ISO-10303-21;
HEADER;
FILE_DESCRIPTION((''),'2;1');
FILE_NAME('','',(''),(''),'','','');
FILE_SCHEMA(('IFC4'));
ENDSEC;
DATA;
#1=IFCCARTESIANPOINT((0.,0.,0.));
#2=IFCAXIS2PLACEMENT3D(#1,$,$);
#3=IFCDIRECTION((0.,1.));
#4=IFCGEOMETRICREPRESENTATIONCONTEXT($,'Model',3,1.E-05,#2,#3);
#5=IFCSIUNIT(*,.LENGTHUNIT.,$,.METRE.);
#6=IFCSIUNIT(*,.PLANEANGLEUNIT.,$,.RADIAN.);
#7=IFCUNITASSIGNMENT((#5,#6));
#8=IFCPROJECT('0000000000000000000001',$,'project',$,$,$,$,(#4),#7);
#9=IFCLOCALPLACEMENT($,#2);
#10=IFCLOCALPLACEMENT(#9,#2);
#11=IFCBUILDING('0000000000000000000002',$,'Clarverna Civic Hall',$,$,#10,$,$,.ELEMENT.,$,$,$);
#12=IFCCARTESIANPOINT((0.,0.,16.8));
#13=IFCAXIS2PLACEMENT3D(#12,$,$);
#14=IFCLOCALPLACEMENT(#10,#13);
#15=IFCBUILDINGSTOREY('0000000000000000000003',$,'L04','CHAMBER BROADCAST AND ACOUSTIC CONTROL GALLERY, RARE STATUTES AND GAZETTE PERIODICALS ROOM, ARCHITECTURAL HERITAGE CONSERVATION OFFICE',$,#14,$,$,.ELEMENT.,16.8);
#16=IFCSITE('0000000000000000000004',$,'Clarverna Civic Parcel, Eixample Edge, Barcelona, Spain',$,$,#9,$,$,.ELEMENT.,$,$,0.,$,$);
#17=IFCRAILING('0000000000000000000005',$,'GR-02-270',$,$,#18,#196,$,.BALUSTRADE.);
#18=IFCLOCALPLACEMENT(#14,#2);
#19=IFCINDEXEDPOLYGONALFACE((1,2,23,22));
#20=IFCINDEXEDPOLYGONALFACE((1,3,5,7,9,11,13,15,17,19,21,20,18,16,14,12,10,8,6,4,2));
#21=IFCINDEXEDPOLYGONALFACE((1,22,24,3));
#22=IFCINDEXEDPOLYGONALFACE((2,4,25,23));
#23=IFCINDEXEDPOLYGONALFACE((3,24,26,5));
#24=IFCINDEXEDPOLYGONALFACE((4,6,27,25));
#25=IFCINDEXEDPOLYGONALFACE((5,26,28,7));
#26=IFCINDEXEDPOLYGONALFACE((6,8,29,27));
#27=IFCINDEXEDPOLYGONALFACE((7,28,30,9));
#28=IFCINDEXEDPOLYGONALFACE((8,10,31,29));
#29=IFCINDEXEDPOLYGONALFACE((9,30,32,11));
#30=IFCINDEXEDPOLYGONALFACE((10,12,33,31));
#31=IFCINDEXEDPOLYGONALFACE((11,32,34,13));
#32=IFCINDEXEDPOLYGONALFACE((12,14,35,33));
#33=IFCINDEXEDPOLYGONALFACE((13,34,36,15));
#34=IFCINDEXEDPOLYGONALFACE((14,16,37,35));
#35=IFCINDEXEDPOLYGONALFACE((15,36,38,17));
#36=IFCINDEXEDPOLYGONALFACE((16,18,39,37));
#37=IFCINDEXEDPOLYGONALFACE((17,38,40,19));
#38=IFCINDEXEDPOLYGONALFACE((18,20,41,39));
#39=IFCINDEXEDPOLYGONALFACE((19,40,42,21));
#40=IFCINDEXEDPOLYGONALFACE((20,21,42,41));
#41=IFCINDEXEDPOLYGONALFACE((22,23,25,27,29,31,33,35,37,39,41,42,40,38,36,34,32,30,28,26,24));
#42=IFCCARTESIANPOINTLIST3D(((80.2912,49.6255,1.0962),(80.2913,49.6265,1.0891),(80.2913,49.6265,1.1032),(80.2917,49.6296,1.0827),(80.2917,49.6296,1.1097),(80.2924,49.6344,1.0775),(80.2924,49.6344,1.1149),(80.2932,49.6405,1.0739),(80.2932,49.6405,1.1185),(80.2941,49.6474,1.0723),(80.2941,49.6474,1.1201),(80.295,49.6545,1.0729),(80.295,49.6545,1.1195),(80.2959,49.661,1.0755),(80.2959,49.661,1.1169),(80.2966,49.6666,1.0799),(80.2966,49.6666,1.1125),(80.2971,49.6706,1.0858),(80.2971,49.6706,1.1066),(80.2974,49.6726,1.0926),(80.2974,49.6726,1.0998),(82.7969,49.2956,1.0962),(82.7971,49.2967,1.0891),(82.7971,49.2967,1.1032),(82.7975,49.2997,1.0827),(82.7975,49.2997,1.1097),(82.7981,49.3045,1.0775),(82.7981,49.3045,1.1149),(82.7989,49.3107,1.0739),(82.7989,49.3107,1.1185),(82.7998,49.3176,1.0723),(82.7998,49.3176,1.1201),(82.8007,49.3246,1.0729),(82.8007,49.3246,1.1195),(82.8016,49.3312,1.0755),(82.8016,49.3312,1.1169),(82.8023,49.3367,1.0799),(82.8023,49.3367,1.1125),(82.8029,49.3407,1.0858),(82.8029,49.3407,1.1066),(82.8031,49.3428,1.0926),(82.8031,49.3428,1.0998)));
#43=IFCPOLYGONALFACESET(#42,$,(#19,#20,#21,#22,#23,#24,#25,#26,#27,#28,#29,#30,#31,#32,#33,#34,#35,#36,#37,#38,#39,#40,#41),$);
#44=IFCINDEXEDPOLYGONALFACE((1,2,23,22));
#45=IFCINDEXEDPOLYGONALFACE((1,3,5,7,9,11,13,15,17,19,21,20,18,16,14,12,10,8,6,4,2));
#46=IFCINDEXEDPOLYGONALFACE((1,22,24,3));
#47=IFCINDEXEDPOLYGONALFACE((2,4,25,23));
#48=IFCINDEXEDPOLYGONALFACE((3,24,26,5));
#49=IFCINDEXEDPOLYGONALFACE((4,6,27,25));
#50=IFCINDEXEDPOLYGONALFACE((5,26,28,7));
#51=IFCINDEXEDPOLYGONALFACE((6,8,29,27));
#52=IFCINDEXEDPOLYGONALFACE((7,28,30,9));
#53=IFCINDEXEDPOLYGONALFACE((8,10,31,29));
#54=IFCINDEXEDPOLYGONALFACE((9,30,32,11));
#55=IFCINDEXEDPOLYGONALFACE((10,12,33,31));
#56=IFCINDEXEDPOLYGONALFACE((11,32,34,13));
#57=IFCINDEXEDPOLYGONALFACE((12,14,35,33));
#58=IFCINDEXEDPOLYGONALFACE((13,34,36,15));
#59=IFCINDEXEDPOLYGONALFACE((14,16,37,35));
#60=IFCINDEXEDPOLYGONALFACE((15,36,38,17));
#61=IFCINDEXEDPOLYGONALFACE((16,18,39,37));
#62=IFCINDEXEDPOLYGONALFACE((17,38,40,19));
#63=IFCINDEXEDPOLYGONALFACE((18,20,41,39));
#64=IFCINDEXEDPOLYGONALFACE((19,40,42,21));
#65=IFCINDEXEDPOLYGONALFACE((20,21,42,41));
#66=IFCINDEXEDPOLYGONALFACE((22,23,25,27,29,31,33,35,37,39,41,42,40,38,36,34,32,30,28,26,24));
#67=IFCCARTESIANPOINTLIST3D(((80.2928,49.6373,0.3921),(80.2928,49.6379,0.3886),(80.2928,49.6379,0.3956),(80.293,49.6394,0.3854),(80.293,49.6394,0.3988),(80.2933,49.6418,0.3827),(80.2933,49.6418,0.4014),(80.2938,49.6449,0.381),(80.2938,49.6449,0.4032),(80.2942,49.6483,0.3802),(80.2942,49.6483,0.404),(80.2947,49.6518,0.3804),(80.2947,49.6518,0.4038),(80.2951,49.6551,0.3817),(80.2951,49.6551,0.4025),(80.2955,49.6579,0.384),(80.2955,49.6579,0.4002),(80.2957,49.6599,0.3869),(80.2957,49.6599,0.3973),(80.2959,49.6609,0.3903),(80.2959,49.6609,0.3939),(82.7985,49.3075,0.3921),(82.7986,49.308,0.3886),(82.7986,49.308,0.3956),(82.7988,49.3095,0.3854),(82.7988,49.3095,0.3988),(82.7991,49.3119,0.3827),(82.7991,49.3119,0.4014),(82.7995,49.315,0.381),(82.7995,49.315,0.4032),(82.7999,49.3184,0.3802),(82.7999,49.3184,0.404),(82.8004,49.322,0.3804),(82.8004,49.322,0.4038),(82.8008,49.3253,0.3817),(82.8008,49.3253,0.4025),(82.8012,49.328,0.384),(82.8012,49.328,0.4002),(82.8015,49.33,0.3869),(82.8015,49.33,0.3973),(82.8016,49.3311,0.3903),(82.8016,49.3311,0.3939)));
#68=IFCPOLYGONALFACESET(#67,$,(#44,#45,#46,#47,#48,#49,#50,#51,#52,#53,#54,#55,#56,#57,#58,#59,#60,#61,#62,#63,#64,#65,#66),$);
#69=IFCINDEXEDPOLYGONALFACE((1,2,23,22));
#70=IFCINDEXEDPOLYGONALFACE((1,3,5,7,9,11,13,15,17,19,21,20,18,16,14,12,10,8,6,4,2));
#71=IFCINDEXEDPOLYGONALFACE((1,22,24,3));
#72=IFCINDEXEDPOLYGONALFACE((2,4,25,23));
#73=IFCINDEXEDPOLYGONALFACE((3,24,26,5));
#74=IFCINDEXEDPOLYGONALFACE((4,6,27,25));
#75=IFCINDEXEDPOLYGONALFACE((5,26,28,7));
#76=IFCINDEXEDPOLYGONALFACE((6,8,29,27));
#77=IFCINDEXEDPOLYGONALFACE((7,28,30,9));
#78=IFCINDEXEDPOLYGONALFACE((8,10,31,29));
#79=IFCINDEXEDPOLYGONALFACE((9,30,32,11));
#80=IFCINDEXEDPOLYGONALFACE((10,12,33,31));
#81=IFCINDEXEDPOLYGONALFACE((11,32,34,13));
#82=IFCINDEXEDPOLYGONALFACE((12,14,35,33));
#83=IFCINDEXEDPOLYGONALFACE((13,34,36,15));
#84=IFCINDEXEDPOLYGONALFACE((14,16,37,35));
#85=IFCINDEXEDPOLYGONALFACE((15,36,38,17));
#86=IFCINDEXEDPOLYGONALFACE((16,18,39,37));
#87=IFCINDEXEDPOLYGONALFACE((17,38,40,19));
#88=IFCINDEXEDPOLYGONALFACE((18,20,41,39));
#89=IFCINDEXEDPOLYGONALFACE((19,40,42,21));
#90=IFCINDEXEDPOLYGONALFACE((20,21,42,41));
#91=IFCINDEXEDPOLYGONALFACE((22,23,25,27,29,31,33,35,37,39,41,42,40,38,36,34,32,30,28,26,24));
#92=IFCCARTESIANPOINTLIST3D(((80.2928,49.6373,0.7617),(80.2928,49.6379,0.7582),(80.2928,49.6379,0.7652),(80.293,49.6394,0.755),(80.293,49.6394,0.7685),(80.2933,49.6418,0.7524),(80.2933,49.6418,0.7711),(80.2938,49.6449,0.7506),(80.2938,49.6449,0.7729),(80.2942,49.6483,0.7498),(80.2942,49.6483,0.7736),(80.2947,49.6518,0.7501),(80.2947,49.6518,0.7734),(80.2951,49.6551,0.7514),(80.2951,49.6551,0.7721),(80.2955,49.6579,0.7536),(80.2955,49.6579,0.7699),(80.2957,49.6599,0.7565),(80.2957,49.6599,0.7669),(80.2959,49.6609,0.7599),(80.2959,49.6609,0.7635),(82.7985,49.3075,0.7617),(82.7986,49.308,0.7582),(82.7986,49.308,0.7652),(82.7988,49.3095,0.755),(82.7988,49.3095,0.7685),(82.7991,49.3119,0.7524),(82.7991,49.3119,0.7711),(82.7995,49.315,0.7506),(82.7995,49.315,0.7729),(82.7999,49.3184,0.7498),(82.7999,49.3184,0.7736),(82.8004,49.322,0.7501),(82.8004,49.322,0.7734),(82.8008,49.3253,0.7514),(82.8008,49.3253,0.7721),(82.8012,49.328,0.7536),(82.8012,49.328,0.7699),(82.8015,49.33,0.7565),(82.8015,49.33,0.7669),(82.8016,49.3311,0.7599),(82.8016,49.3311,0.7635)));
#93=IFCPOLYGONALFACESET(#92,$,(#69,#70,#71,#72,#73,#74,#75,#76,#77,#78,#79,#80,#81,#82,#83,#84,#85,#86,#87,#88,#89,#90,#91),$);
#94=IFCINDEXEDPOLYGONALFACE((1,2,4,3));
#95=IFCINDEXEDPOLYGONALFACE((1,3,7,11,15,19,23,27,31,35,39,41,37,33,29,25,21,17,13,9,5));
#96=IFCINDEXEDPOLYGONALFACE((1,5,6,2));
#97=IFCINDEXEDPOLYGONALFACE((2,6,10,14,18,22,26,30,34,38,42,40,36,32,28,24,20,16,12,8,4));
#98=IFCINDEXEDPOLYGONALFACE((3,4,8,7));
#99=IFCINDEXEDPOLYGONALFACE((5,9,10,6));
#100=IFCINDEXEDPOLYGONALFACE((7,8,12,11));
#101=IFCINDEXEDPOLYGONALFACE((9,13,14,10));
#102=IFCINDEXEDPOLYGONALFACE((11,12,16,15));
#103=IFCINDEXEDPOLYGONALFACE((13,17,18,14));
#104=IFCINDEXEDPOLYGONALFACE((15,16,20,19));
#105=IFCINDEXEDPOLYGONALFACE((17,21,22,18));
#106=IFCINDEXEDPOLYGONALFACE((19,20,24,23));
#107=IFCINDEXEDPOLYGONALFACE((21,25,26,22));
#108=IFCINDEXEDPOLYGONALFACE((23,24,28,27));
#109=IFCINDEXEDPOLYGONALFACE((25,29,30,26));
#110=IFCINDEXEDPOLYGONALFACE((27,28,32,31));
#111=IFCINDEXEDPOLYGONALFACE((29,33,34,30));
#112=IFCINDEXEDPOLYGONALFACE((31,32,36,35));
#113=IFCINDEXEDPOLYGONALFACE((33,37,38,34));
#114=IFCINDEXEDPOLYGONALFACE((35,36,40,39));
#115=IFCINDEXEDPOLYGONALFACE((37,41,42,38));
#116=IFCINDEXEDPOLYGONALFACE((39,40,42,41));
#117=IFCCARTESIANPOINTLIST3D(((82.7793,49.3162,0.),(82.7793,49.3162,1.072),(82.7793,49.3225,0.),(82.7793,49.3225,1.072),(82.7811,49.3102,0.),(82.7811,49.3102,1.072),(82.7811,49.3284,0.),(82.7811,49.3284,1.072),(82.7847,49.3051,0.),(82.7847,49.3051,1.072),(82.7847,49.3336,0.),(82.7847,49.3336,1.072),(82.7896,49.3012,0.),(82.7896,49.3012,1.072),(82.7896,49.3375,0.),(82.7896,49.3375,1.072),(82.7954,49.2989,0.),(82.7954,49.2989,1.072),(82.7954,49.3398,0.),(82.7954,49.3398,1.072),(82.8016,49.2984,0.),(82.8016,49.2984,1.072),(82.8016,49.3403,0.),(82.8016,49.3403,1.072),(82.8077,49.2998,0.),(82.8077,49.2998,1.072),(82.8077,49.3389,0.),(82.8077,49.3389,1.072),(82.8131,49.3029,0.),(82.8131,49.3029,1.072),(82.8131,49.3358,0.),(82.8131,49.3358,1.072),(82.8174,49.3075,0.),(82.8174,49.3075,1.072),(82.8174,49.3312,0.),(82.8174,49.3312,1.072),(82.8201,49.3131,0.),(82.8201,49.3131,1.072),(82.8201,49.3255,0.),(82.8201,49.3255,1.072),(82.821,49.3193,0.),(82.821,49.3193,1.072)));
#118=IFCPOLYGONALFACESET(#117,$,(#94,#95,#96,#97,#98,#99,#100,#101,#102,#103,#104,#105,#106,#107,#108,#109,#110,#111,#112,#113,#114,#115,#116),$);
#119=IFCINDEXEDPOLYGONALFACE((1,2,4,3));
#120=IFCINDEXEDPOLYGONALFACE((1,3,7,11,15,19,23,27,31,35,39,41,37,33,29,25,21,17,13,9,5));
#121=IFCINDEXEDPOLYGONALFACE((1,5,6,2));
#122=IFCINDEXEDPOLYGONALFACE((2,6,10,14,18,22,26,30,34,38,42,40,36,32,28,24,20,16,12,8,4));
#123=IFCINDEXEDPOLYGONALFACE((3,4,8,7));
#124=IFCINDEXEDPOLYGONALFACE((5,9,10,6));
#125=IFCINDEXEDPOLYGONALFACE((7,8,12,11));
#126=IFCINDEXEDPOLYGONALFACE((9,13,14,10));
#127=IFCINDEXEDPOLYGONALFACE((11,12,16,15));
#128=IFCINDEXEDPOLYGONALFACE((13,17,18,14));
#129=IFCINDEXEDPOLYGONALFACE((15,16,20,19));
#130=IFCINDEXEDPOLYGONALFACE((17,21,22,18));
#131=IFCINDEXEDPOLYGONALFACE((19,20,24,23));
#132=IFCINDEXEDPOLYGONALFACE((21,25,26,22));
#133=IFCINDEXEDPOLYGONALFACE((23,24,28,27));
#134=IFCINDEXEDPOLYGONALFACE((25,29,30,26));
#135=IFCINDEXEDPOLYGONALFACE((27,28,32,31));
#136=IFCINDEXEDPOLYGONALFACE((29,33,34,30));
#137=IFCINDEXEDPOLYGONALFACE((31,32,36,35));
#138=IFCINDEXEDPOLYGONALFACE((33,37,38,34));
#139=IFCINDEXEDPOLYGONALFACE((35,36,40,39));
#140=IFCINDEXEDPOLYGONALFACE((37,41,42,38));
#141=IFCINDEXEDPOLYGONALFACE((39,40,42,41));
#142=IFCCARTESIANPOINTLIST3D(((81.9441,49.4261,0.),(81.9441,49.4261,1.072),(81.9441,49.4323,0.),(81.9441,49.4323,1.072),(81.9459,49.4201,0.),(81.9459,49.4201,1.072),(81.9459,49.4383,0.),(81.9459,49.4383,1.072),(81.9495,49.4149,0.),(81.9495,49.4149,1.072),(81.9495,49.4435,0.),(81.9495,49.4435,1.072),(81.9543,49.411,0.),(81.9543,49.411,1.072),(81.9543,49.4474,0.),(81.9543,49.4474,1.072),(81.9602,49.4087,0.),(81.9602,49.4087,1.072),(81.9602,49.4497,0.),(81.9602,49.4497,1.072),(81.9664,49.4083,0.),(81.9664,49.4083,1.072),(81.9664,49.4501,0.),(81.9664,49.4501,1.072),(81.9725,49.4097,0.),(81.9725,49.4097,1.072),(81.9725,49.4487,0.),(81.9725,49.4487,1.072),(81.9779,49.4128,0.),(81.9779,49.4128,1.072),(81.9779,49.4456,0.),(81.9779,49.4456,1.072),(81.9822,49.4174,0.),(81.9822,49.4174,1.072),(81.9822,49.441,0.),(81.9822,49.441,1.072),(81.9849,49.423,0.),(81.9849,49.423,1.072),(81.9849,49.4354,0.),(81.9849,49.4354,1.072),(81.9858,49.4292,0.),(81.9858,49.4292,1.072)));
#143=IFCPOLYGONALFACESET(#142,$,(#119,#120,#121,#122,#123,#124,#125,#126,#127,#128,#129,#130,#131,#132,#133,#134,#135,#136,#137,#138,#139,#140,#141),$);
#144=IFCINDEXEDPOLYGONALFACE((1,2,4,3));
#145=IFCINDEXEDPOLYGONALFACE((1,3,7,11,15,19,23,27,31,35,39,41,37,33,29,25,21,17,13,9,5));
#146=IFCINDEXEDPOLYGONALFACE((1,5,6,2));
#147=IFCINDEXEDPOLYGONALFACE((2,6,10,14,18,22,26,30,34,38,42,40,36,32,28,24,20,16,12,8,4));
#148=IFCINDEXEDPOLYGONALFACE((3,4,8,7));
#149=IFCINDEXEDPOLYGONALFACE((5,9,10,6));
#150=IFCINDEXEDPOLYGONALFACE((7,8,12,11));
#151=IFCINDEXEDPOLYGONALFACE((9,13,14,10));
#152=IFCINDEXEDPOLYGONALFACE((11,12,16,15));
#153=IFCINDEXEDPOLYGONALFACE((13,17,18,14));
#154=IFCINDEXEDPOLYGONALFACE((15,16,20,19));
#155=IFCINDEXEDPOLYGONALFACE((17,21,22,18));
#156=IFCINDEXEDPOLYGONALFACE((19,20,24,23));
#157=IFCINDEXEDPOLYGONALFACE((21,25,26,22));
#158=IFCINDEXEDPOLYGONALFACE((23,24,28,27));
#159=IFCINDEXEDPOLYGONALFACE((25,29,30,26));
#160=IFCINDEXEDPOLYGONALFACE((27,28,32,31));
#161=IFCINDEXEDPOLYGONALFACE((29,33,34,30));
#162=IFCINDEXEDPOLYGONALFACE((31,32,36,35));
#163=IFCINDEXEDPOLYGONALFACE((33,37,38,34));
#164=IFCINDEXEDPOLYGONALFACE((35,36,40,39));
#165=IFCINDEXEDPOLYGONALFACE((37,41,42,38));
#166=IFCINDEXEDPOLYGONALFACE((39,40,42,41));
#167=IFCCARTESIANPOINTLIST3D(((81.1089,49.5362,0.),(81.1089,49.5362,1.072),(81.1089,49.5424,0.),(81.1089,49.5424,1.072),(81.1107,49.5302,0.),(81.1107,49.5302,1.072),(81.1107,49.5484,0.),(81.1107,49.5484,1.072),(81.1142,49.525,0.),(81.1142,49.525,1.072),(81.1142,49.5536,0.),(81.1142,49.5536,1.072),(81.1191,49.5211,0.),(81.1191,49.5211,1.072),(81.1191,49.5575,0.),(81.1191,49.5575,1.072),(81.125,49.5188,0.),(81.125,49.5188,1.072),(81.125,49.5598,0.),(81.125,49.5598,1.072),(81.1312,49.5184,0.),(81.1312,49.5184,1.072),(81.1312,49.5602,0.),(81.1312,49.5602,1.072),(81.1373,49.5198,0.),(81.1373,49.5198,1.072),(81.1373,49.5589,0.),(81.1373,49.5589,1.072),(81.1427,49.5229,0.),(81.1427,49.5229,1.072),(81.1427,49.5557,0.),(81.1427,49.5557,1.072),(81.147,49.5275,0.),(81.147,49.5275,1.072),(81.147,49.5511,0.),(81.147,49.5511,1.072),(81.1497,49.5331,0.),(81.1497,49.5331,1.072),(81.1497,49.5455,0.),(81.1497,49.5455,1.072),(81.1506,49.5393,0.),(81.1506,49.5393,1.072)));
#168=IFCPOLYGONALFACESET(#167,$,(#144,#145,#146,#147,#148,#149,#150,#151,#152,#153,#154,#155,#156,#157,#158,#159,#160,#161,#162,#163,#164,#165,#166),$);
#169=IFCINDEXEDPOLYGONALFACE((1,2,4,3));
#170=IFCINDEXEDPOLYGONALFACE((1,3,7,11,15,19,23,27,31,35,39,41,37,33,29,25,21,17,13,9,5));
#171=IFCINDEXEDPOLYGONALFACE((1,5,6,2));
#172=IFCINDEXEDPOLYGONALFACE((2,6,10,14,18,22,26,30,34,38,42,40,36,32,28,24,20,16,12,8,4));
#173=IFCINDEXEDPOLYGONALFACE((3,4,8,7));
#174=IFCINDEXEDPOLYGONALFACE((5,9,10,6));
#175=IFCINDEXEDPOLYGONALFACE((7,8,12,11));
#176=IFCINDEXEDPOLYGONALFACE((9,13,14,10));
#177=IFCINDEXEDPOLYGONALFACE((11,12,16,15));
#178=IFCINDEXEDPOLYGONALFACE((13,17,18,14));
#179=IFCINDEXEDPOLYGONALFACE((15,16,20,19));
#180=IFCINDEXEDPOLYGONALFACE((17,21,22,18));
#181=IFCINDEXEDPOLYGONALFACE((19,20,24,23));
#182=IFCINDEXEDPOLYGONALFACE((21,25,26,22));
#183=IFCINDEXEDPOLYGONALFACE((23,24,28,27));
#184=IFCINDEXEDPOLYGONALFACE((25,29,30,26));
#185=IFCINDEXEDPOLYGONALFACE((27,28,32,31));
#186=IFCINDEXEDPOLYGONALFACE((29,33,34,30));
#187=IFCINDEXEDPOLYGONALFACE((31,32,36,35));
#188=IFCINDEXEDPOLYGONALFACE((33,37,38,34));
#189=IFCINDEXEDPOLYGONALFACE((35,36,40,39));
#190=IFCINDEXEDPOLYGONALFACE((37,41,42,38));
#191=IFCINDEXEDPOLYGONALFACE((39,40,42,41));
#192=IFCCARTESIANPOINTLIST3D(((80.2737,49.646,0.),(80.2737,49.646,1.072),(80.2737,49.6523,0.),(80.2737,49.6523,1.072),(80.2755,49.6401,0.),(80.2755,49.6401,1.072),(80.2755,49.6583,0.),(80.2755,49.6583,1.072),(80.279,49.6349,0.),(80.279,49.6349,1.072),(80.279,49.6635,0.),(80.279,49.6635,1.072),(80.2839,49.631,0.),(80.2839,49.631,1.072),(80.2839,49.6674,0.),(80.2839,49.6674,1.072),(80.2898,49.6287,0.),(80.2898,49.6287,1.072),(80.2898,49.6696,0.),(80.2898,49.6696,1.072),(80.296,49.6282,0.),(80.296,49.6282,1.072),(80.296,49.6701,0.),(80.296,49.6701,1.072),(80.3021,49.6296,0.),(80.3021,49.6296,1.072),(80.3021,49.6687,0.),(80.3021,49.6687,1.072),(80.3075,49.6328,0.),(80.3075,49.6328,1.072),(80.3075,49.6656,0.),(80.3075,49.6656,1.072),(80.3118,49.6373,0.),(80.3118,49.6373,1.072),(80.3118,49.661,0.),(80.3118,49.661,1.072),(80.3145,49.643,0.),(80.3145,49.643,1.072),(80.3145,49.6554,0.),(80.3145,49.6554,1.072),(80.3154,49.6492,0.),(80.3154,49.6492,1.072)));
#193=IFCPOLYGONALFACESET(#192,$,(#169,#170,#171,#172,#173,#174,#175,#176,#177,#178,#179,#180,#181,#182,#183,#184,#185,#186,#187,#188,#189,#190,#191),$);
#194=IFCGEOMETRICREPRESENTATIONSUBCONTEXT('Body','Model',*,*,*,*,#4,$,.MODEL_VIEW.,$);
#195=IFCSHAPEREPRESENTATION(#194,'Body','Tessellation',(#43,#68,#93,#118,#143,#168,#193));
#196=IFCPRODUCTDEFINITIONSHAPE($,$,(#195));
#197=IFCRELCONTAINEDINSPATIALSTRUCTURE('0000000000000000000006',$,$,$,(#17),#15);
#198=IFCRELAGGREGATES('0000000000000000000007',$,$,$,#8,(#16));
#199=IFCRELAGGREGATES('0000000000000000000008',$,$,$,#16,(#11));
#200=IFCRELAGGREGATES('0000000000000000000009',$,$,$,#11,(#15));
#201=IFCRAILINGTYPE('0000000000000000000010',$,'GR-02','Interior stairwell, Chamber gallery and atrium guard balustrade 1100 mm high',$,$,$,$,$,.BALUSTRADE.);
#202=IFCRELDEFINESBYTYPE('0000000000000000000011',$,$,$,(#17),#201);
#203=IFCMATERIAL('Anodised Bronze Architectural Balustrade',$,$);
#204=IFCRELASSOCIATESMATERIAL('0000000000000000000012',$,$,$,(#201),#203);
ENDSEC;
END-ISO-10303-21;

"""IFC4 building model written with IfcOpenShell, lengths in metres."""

from ifc_helpers import new_model, si_unit, direction, frame, origin, origin_2d, place, context, subcontext, project, spatial, circle, extrude, material, type_object, element, save


model = new_model("IFC4")

# Units and contexts
model_context = context("Model", 3, precision=1e-05, world=origin(), true_north=direction((0.0, 1.0)))
body_context = subcontext(model_context, "Body", "Model", "MODEL_VIEW")
ifc_project = project(units=[si_unit("LENGTHUNIT", "METRE"), si_unit("PLANEANGLEUNIT", "RADIAN")], contexts=[model_context])

# Site, building, storey
site_placement = place(None, origin())
site = spatial("IfcSite", under=ifc_project, at=site_placement, Name="Clarverna Civic Parcel, Eixample Edge, Barcelona, Spain", CompositionType="ELEMENT", RefElevation=0.0)
building_placement = place(site_placement, origin())
building = spatial("IfcBuilding", under=site, at=building_placement, Name="Clarverna Civic Hall", CompositionType="ELEMENT")
storey_placement = place(building_placement, frame((0.0, 0.0, 16.8)))
storey = spatial("IfcBuildingStorey", under=building, at=storey_placement, Name="L04", Description="CHAMBER BROADCAST AND ACOUSTIC CONTROL GALLERY, RARE STATUTES AND GAZETTE PERIODICALS ROOM, ARCHITECTURAL HERITAGE CONSERVATION OFFICE", CompositionType="ELEMENT", Elevation=16.8)

# Railing
ifc_material_1 = material(Name="Anodised Bronze Architectural Balustrade")
railing_type = type_object("IfcRailingType", Name="GR-02", Description="Interior stairwell, Chamber gallery and atrium guard balustrade 1100 mm high", PredefinedType="BALUSTRADE", material=ifc_material_1)
railing_1_placement = place(storey_placement, frame((82.8, 49.3193, 0.0)))
element("IfcRailing", 1, at=railing_1_placement, inside=storey, type_object=railing_type, Name="GR-02-270", PredefinedType="BALUSTRADE", context=body_context, shape_type="SweptSolid", body=[
    extrude(circle(Radius=0.0239, at=origin_2d()), frame((0.0, 0.0, 1.0962), z_axis=(-0.991447, 0.130512, 0.0), x_axis=(-0.130512, -0.991447, 0.0)), (0.0, 0.0, 1.0), 2.5273),
    extrude(circle(Radius=0.012, at=origin_2d()), frame((0.0, 0.0, 0.3921), z_axis=(-0.991447, 0.130512, 0.0), x_axis=(-0.130512, -0.991447, 0.0)), (0.0, 0.0, 1.0), 2.5273),
    extrude(circle(Radius=0.012, at=origin_2d()), frame((0.0, 0.0, 0.7617), z_axis=(-0.991447, 0.130512, 0.0), x_axis=(-0.130512, -0.991447, 0.0)), (0.0, 0.0, 1.0), 2.5273),
    extrude(circle(Radius=0.021, at=origin_2d()), origin(), (0.0, 0.0, 1.0), 1.072),
    extrude(circle(Radius=0.021, at=origin_2d()), frame((-0.8352, 0.1099, 0.0)), (0.0, 0.0, 1.0), 1.072),
    extrude(circle(Radius=0.021, at=origin_2d()), frame((-1.6704, 0.22, 0.0)), (0.0, 0.0, 1.0), 1.072),
    extrude(circle(Radius=0.021, at=origin_2d()), frame((-2.5056, 0.3298, 0.0)), (0.0, 0.0, 1.0), 1.072),
])

save(model, "model.ifc")
